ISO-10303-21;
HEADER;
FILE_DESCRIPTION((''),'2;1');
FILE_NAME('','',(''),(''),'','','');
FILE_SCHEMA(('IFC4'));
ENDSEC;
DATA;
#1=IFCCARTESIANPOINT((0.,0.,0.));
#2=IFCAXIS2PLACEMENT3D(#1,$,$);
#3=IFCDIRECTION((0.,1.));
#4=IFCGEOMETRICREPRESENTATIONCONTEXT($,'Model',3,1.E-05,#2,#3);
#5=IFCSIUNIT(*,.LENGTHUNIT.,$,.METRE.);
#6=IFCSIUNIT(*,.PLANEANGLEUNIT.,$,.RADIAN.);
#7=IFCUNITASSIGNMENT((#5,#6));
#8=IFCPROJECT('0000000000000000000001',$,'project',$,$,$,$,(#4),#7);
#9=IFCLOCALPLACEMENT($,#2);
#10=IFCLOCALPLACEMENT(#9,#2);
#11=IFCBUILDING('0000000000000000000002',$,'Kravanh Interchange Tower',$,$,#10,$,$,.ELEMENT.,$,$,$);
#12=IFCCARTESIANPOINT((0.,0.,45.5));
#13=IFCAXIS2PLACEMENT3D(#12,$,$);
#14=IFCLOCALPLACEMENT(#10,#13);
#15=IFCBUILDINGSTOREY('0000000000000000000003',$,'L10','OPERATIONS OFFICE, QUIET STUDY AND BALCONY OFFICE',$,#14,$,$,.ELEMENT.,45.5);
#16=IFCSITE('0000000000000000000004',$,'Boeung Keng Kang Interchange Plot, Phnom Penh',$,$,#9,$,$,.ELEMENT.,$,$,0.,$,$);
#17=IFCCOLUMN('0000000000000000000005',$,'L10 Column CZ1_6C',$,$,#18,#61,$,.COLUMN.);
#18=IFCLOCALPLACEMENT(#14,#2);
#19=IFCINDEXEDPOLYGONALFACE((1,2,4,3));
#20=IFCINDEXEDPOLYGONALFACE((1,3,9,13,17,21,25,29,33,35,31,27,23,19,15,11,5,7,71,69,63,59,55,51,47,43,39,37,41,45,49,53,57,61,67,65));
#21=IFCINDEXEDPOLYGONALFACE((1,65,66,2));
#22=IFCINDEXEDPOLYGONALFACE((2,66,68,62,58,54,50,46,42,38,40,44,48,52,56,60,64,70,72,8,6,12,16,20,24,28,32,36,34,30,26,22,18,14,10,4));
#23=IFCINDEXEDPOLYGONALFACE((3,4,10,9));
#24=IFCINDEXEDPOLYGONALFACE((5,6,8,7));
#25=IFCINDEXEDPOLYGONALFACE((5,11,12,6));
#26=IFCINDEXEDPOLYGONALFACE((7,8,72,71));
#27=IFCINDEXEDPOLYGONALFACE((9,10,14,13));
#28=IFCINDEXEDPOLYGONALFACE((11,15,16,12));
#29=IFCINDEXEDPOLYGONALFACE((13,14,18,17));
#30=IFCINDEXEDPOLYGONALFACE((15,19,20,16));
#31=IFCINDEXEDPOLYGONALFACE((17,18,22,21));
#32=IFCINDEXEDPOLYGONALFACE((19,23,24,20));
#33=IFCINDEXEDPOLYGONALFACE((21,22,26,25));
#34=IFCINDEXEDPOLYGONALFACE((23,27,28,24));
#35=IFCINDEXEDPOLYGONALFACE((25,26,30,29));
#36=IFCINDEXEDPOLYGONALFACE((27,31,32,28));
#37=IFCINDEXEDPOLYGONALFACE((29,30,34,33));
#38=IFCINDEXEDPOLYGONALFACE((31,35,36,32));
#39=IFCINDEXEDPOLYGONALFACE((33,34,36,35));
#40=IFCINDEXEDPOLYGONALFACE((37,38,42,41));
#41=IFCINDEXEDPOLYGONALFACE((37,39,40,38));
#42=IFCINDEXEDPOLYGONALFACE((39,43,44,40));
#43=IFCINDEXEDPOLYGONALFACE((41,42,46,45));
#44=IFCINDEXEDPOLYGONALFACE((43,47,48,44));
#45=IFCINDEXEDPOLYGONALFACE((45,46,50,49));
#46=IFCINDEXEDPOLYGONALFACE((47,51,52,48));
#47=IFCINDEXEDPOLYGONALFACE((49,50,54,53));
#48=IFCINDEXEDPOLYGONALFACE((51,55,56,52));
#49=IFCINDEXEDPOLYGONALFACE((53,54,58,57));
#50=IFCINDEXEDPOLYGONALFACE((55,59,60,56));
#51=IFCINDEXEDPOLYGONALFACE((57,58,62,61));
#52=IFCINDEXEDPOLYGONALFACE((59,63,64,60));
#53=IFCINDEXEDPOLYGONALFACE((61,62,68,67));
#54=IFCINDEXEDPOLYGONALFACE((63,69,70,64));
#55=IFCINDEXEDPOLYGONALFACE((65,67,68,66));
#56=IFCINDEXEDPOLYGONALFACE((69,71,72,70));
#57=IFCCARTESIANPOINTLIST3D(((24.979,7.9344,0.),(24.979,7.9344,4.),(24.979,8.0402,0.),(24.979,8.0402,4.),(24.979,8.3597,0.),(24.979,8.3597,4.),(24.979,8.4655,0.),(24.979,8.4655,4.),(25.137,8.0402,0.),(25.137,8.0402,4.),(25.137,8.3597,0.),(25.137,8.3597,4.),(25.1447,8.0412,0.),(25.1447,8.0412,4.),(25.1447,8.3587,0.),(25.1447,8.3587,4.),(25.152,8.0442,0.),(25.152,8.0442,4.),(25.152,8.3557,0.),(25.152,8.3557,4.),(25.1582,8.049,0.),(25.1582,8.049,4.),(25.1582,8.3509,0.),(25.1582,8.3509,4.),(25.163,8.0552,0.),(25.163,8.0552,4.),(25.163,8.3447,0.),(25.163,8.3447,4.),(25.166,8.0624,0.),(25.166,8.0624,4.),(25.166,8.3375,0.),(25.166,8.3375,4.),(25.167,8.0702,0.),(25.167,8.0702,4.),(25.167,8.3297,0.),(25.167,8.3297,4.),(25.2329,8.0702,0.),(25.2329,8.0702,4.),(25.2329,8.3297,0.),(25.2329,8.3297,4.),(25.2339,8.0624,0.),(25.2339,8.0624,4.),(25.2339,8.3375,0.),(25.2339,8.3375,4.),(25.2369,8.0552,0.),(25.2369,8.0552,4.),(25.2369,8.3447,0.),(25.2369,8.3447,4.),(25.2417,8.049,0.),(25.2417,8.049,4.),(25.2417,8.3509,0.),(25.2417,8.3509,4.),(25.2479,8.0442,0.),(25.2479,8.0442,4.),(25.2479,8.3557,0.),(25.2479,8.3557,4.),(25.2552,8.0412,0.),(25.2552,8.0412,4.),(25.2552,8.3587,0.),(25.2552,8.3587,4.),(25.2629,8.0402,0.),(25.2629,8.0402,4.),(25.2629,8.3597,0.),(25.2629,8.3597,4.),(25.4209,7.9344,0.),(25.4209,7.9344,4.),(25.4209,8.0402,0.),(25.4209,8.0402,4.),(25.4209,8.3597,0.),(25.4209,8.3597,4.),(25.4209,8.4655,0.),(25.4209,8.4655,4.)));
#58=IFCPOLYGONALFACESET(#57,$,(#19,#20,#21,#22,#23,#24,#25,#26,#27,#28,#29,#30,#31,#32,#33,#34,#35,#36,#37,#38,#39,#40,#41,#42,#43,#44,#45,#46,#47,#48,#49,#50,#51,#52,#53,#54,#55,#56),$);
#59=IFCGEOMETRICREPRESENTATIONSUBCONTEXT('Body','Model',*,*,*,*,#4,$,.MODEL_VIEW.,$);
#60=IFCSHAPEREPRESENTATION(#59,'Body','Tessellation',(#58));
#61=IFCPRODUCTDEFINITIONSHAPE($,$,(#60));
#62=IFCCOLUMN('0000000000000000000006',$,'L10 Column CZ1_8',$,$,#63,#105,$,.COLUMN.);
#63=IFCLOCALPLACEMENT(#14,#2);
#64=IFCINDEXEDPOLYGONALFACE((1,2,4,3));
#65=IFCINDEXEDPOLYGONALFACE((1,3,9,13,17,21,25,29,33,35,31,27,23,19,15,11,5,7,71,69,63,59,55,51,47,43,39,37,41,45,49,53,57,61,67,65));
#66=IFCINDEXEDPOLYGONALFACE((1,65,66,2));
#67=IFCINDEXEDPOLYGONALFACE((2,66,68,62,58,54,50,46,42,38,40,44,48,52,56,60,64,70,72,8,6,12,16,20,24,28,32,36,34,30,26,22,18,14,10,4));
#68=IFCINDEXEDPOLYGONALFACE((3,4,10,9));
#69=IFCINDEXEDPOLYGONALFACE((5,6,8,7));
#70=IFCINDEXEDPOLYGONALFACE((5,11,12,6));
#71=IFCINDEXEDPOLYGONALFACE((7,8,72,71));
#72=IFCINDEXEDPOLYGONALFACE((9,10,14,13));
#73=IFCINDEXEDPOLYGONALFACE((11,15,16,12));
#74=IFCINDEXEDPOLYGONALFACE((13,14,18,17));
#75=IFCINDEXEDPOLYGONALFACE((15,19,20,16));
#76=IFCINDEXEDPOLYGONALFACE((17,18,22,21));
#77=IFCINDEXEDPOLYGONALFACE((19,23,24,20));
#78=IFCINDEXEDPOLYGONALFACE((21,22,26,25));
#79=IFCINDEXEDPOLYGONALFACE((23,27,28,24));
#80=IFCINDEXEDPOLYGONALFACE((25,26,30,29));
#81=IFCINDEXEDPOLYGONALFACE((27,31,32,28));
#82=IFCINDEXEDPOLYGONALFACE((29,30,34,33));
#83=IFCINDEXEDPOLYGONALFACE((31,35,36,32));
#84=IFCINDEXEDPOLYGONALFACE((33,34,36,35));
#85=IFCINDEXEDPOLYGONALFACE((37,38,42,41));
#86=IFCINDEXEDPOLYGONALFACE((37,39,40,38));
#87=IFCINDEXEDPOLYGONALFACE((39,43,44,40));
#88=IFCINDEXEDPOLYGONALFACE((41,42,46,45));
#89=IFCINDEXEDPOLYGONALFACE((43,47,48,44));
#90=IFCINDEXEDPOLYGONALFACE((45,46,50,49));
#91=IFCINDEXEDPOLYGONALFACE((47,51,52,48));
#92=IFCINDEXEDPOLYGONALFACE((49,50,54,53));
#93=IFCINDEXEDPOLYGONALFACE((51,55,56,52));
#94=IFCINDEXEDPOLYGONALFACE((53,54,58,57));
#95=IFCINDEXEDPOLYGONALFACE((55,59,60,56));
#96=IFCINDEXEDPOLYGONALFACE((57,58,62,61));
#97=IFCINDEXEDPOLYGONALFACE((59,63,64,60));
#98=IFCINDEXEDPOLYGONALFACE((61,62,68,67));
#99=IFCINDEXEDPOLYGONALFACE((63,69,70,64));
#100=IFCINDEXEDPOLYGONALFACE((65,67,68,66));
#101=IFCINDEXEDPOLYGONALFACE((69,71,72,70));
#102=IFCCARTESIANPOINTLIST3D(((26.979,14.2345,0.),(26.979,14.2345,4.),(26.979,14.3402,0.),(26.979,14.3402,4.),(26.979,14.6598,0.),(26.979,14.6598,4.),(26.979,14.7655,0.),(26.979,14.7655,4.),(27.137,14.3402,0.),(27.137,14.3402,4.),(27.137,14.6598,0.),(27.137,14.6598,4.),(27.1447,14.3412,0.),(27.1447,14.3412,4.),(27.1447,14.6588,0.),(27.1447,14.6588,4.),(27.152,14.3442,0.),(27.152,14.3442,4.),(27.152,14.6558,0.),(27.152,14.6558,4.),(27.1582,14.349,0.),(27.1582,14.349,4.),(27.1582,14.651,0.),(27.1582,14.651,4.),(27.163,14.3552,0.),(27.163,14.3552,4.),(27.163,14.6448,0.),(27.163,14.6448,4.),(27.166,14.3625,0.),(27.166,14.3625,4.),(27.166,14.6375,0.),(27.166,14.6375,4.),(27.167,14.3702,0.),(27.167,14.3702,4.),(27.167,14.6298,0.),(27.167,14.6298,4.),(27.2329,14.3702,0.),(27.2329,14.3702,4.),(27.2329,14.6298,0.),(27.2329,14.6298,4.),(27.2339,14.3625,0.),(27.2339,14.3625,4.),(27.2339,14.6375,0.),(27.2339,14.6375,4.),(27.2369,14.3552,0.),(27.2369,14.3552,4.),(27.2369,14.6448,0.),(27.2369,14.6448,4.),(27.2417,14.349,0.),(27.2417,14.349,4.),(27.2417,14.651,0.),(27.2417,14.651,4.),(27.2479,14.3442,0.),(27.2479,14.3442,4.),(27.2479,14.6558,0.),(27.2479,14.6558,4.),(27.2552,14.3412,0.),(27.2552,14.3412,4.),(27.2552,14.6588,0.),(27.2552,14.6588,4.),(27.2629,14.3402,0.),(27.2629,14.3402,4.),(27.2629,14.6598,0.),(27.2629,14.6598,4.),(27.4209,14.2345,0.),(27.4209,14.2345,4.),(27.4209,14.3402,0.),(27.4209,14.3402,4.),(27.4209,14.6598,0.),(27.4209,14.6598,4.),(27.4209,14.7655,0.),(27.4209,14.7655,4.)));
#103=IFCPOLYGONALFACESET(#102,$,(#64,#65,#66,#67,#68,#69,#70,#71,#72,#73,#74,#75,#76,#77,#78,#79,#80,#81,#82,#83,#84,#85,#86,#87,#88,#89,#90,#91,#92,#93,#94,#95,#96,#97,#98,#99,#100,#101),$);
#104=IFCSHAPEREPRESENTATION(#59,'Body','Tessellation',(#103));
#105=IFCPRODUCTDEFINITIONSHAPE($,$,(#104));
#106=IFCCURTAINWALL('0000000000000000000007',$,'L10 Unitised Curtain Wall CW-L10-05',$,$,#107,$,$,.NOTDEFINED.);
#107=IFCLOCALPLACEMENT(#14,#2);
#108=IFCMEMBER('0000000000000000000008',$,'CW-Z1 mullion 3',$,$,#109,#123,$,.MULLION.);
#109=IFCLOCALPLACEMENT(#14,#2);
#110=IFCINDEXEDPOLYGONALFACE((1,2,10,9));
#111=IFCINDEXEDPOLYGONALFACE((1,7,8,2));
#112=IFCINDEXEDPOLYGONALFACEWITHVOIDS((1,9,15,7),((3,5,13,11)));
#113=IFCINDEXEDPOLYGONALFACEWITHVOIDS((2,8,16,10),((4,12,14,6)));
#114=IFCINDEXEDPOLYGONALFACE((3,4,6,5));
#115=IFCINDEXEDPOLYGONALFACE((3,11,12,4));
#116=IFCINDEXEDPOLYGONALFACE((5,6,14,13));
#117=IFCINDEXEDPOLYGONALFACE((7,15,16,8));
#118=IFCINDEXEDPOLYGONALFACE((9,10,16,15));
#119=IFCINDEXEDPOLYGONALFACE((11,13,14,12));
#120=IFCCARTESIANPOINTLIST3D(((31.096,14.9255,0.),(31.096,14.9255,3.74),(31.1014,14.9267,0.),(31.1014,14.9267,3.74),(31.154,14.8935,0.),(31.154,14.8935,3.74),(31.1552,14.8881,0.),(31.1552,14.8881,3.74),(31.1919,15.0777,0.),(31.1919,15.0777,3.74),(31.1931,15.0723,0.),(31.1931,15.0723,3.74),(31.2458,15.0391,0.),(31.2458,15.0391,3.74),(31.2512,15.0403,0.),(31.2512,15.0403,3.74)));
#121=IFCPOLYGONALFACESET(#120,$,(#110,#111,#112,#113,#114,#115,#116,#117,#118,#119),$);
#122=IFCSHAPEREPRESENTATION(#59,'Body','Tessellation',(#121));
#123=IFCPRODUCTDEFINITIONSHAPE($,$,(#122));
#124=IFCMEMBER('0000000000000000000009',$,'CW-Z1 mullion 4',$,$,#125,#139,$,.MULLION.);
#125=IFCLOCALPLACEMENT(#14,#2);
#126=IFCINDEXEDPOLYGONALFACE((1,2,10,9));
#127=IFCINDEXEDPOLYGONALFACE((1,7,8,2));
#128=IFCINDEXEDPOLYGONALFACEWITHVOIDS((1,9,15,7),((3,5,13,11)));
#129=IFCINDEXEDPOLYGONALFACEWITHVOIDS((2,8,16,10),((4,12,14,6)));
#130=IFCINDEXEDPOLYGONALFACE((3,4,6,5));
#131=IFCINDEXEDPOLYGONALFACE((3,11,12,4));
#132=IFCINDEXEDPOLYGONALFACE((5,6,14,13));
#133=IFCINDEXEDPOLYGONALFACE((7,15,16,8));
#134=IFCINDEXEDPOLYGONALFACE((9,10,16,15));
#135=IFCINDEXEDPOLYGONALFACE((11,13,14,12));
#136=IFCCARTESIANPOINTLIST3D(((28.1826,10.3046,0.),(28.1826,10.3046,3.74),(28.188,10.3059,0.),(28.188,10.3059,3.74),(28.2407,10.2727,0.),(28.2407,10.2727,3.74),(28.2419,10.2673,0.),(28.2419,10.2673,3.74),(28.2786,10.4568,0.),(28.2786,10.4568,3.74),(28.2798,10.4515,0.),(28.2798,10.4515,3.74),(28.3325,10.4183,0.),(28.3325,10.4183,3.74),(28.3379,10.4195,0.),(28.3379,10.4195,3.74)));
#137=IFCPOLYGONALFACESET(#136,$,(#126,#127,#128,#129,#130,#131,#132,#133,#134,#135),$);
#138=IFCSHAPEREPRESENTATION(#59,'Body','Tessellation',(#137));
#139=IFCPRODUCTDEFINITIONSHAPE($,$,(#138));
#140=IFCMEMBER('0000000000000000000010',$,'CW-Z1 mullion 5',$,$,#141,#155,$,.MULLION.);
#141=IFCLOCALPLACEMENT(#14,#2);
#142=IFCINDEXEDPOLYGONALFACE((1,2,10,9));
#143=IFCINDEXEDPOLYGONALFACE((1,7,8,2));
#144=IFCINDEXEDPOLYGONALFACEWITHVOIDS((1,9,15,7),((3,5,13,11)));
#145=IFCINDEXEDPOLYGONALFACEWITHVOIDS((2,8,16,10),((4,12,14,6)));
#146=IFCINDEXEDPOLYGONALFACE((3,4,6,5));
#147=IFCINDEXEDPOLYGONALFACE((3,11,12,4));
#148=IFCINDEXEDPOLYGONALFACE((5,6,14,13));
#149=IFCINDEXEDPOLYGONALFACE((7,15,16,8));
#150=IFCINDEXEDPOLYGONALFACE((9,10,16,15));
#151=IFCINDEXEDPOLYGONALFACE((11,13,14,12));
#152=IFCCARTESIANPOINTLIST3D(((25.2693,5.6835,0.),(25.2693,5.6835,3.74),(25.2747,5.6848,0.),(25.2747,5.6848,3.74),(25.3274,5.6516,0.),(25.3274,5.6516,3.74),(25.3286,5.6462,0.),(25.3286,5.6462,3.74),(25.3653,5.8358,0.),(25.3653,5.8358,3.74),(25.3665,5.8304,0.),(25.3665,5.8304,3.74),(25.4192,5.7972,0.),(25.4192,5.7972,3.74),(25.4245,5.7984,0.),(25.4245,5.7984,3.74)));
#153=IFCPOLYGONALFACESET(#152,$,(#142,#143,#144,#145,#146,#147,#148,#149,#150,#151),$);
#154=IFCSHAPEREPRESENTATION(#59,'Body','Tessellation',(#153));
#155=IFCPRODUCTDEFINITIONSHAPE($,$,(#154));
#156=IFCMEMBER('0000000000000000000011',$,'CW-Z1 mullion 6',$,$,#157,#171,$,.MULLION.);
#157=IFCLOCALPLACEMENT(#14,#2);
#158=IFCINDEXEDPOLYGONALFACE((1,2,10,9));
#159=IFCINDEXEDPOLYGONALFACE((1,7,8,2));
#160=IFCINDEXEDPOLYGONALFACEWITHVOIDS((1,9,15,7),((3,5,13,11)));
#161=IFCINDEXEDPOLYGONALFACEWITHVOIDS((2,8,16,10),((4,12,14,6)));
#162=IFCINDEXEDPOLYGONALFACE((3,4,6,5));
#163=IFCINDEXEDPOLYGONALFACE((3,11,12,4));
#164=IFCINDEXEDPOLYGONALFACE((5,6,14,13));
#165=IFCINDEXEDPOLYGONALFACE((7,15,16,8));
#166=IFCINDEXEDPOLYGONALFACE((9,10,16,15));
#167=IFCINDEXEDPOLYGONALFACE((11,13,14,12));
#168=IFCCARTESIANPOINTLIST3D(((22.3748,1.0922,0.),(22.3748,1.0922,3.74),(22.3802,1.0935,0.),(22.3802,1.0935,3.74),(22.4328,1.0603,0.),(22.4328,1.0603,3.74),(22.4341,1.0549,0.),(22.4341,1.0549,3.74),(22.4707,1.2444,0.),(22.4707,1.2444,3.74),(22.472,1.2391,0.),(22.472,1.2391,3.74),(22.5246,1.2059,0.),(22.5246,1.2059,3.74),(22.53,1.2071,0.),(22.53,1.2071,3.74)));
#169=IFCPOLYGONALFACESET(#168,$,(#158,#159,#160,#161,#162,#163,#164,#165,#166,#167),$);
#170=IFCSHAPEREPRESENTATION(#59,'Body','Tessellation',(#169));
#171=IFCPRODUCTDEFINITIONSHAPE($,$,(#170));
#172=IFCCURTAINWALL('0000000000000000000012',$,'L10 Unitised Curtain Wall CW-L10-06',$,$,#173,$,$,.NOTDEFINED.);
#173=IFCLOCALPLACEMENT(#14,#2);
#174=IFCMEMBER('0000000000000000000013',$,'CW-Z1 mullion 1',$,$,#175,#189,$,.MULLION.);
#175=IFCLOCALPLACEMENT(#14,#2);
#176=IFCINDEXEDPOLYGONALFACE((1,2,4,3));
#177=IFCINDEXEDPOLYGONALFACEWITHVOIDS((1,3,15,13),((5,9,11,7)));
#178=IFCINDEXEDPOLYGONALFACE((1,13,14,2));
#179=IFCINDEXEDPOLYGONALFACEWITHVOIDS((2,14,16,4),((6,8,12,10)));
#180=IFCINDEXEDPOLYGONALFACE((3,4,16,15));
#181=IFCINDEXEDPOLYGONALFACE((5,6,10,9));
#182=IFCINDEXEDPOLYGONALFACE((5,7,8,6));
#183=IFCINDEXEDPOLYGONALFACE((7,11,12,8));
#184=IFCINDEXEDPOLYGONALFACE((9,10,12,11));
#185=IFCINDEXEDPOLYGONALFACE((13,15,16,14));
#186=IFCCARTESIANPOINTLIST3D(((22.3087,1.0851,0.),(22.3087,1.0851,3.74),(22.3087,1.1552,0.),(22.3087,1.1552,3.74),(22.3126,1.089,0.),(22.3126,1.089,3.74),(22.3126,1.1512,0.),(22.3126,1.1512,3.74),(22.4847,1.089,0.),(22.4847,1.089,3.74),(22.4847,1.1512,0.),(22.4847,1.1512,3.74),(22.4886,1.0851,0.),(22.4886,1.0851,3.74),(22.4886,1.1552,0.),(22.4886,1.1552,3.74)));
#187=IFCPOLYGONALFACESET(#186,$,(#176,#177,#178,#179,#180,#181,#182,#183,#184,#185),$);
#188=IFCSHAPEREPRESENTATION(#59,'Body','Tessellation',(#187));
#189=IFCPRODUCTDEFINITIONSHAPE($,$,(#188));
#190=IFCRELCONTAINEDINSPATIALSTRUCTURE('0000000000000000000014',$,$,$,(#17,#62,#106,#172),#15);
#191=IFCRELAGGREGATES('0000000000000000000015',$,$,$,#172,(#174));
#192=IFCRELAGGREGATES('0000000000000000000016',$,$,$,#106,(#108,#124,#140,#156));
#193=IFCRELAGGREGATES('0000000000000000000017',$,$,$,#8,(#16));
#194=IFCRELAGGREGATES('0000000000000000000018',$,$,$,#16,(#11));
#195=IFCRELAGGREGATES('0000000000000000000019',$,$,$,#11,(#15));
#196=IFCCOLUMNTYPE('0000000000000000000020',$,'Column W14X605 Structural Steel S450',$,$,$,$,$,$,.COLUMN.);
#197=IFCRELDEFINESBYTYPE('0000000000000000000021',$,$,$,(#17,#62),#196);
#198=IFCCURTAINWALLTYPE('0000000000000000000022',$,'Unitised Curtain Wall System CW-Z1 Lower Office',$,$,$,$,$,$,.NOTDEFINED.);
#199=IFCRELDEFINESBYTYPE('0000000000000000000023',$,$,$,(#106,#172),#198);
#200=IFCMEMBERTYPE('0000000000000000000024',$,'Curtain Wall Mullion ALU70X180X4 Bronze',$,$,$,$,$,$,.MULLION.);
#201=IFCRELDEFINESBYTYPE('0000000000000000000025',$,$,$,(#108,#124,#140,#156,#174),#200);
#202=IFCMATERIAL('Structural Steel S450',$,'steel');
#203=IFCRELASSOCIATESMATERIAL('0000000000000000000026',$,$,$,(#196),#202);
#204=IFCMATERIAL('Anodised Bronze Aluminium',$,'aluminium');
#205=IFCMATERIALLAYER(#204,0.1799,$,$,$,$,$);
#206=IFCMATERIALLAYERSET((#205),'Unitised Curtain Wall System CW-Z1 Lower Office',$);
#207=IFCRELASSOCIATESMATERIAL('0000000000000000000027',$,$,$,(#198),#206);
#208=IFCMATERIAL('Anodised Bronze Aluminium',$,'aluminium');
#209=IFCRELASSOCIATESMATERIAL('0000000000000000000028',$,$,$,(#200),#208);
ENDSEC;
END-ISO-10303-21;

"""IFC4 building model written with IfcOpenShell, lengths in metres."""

from ifc_helpers import new_model, si_unit, direction, frame, origin, origin_2d, place, context, subcontext, project, spatial, hollow_rectangle, i_section, extrude, material, layer, layer_set, material_profile, profile_set, type_object, element, aggregate, save


model = new_model("IFC4")

# Units and contexts
model_context = context("Model", 3, precision=1e-05, world=origin(), true_north=direction((0.0, 1.0)))
body_context = subcontext(model_context, "Body", "Model", "MODEL_VIEW")
ifc_project = project(units=[si_unit("LENGTHUNIT", "METRE"), si_unit("PLANEANGLEUNIT", "RADIAN")], contexts=[model_context])

# Site, building, storey
site_placement = place(None, origin())
site = spatial("IfcSite", under=ifc_project, at=site_placement, Name="Boeung Keng Kang Interchange Plot, Phnom Penh", CompositionType="ELEMENT", RefElevation=0.0)
building_placement = place(site_placement, origin())
building = spatial("IfcBuilding", under=site, at=building_placement, Name="Kravanh Interchange Tower", CompositionType="ELEMENT")
storey_placement = place(building_placement, frame((0.0, 0.0, 45.5)))
storey = spatial("IfcBuildingStorey", under=building, at=storey_placement, Name="L10", Description="OPERATIONS OFFICE, QUIET STUDY AND BALCONY OFFICE", CompositionType="ELEMENT", Elevation=45.5)

# Columns
ifc_material_1 = material(Name="Structural Steel S450", Category="steel")
ifc_material_profile_1 = material_profile(ifc_material_1, i_section(OverallWidth=0.4419, OverallDepth=0.531, WebThickness=0.0659, FlangeThickness=0.1057, FilletRadius=0.03, at=origin_2d()), Name="W14X605")
ifc_profile_set_1 = profile_set([ifc_material_profile_1], Name="Structural Steel S450")
column_type = type_object("IfcColumnType", Name="Column W14X605 Structural Steel S450", PredefinedType="COLUMN", material=ifc_profile_set_1)
for number, where, z_axis, x_axis, name in (
    (1, (25.2, 8.2, 0.0), (0.0, 0.0, 1.0), (1.0, 0.0, 0.0), "L10 Column CZ1_6C"),
    (2, (27.2, 14.5, 0.0), (0.0, 0.0, 1.0), (1.0, 0.0, 0.0), "L10 Column CZ1_8"),
):
    element("IfcColumn", number, at=place(storey_placement, frame(where, z_axis=z_axis, x_axis=x_axis)), inside=storey, type_object=column_type, Name=name, PredefinedType="COLUMN", context=body_context, shape_type="SweptSolid", body=[
        extrude(i_section(OverallWidth=0.4419, OverallDepth=0.531, WebThickness=0.0659, FlangeThickness=0.1057, FilletRadius=0.03, at=origin_2d()), origin(), (0.0, 0.0, 1.0), 4.0),
    ])

# Curtain wall, members
ifc_material_2 = material(Name="Anodised Bronze Aluminium", Category="aluminium")
ifc_layer_1 = layer(ifc_material_2, 0.1799)
ifc_layer_set_1 = layer_set([ifc_layer_1], Name="Unitised Curtain Wall System CW-Z1 Lower Office")
curtain_wall_type = type_object("IfcCurtainWallType", Name="Unitised Curtain Wall System CW-Z1 Lower Office", PredefinedType="NOTDEFINED", material=ifc_layer_set_1)
curtain_wall_1_placement = place(storey_placement, origin())
curtain_wall_1 = element("IfcCurtainWall", 3, at=curtain_wall_1_placement, inside=storey, type_object=curtain_wall_type, Name="L10 Unitised Curtain Wall CW-L10-05", PredefinedType="NOTDEFINED")
ifc_material_3 = material(Name="Anodised Bronze Aluminium", Category="aluminium")
ifc_material_profile_2 = material_profile(ifc_material_3, hollow_rectangle(XDim=0.0701, YDim=0.1799, WallThickness=0.0039, at=origin_2d()), Name="ALU70X180X4")
ifc_profile_set_2 = profile_set([ifc_material_profile_2], Name="Anodised Bronze Aluminium")
member_type_1 = type_object("IfcMemberType", Name="Curtain Wall Mullion ALU70X180X4 Bronze", PredefinedType="MULLION", material=ifc_profile_set_2)
member_1_placement = place(storey_placement, frame((31.1736, 14.9829, 0.0), z_axis=(0.0, 0.0, 1.0), x_axis=(0.845926, -0.533301, 0.0)))
member_1 = element("IfcMember", 4, at=member_1_placement, type_object=member_type_1, Name="CW-Z1 mullion 3", PredefinedType="MULLION", context=body_context, shape_type="SweptSolid", body=[
    extrude(hollow_rectangle(XDim=0.0701, YDim=0.1799, WallThickness=0.0039, at=origin_2d()), origin(), (0.0, 0.0, 1.0), 3.74),
])
member_2_placement = place(storey_placement, frame((28.2603, 10.3621, 0.0), z_axis=(0.0, 0.0, 1.0), x_axis=(0.845926, -0.533301, 0.0)))
member_2 = element("IfcMember", 5, at=member_2_placement, type_object=member_type_1, Name="CW-Z1 mullion 4", PredefinedType="MULLION", context=body_context, shape_type="SweptSolid", body=[
    extrude(hollow_rectangle(XDim=0.0701, YDim=0.1799, WallThickness=0.0039, at=origin_2d()), origin(), (0.0, 0.0, 1.0), 3.74),
])
member_3_placement = place(storey_placement, frame((25.3469, 5.741, 0.0), z_axis=(0.0, 0.0, 1.0), x_axis=(0.845926, -0.533301, 0.0)))
member_3 = element("IfcMember", 6, at=member_3_placement, type_object=member_type_1, Name="CW-Z1 mullion 5", PredefinedType="MULLION", context=body_context, shape_type="SweptSolid", body=[
    extrude(hollow_rectangle(XDim=0.0701, YDim=0.1799, WallThickness=0.0039, at=origin_2d()), origin(), (0.0, 0.0, 1.0), 3.74),
])
member_4_placement = place(storey_placement, frame((22.4524, 1.1497, 0.0), z_axis=(0.0, 0.0, 1.0), x_axis=(0.845926, -0.533301, 0.0)))
member_4 = element("IfcMember", 7, at=member_4_placement, type_object=member_type_1, Name="CW-Z1 mullion 6", PredefinedType="MULLION", context=body_context, shape_type="SweptSolid", body=[
    extrude(hollow_rectangle(XDim=0.0701, YDim=0.1799, WallThickness=0.0039, at=origin_2d()), origin(), (0.0, 0.0, 1.0), 3.74),
])

# Curtain wall, member
curtain_wall_2_placement = place(storey_placement, origin())
curtain_wall_2 = element("IfcCurtainWall", 8, at=curtain_wall_2_placement, inside=storey, type_object=curtain_wall_type, Name="L10 Unitised Curtain Wall CW-L10-06", PredefinedType="NOTDEFINED")
member_5_placement = place(storey_placement, frame((22.3987, 1.1201, 0.0), z_axis=(0.0, 0.0, 1.0), x_axis=(0.0, -1.0, 0.0)))
member_5 = element("IfcMember", 9, at=member_5_placement, type_object=member_type_1, Name="CW-Z1 mullion 1", PredefinedType="MULLION", context=body_context, shape_type="SweptSolid", body=[
    extrude(hollow_rectangle(XDim=0.0701, YDim=0.1799, WallThickness=0.0039, at=origin_2d()), origin(), (0.0, 0.0, 1.0), 3.74),
])

aggregate(curtain_wall_2, [member_5])

aggregate(curtain_wall_1, [member_1, member_2, member_3, member_4])

save(model, "model.ifc")
